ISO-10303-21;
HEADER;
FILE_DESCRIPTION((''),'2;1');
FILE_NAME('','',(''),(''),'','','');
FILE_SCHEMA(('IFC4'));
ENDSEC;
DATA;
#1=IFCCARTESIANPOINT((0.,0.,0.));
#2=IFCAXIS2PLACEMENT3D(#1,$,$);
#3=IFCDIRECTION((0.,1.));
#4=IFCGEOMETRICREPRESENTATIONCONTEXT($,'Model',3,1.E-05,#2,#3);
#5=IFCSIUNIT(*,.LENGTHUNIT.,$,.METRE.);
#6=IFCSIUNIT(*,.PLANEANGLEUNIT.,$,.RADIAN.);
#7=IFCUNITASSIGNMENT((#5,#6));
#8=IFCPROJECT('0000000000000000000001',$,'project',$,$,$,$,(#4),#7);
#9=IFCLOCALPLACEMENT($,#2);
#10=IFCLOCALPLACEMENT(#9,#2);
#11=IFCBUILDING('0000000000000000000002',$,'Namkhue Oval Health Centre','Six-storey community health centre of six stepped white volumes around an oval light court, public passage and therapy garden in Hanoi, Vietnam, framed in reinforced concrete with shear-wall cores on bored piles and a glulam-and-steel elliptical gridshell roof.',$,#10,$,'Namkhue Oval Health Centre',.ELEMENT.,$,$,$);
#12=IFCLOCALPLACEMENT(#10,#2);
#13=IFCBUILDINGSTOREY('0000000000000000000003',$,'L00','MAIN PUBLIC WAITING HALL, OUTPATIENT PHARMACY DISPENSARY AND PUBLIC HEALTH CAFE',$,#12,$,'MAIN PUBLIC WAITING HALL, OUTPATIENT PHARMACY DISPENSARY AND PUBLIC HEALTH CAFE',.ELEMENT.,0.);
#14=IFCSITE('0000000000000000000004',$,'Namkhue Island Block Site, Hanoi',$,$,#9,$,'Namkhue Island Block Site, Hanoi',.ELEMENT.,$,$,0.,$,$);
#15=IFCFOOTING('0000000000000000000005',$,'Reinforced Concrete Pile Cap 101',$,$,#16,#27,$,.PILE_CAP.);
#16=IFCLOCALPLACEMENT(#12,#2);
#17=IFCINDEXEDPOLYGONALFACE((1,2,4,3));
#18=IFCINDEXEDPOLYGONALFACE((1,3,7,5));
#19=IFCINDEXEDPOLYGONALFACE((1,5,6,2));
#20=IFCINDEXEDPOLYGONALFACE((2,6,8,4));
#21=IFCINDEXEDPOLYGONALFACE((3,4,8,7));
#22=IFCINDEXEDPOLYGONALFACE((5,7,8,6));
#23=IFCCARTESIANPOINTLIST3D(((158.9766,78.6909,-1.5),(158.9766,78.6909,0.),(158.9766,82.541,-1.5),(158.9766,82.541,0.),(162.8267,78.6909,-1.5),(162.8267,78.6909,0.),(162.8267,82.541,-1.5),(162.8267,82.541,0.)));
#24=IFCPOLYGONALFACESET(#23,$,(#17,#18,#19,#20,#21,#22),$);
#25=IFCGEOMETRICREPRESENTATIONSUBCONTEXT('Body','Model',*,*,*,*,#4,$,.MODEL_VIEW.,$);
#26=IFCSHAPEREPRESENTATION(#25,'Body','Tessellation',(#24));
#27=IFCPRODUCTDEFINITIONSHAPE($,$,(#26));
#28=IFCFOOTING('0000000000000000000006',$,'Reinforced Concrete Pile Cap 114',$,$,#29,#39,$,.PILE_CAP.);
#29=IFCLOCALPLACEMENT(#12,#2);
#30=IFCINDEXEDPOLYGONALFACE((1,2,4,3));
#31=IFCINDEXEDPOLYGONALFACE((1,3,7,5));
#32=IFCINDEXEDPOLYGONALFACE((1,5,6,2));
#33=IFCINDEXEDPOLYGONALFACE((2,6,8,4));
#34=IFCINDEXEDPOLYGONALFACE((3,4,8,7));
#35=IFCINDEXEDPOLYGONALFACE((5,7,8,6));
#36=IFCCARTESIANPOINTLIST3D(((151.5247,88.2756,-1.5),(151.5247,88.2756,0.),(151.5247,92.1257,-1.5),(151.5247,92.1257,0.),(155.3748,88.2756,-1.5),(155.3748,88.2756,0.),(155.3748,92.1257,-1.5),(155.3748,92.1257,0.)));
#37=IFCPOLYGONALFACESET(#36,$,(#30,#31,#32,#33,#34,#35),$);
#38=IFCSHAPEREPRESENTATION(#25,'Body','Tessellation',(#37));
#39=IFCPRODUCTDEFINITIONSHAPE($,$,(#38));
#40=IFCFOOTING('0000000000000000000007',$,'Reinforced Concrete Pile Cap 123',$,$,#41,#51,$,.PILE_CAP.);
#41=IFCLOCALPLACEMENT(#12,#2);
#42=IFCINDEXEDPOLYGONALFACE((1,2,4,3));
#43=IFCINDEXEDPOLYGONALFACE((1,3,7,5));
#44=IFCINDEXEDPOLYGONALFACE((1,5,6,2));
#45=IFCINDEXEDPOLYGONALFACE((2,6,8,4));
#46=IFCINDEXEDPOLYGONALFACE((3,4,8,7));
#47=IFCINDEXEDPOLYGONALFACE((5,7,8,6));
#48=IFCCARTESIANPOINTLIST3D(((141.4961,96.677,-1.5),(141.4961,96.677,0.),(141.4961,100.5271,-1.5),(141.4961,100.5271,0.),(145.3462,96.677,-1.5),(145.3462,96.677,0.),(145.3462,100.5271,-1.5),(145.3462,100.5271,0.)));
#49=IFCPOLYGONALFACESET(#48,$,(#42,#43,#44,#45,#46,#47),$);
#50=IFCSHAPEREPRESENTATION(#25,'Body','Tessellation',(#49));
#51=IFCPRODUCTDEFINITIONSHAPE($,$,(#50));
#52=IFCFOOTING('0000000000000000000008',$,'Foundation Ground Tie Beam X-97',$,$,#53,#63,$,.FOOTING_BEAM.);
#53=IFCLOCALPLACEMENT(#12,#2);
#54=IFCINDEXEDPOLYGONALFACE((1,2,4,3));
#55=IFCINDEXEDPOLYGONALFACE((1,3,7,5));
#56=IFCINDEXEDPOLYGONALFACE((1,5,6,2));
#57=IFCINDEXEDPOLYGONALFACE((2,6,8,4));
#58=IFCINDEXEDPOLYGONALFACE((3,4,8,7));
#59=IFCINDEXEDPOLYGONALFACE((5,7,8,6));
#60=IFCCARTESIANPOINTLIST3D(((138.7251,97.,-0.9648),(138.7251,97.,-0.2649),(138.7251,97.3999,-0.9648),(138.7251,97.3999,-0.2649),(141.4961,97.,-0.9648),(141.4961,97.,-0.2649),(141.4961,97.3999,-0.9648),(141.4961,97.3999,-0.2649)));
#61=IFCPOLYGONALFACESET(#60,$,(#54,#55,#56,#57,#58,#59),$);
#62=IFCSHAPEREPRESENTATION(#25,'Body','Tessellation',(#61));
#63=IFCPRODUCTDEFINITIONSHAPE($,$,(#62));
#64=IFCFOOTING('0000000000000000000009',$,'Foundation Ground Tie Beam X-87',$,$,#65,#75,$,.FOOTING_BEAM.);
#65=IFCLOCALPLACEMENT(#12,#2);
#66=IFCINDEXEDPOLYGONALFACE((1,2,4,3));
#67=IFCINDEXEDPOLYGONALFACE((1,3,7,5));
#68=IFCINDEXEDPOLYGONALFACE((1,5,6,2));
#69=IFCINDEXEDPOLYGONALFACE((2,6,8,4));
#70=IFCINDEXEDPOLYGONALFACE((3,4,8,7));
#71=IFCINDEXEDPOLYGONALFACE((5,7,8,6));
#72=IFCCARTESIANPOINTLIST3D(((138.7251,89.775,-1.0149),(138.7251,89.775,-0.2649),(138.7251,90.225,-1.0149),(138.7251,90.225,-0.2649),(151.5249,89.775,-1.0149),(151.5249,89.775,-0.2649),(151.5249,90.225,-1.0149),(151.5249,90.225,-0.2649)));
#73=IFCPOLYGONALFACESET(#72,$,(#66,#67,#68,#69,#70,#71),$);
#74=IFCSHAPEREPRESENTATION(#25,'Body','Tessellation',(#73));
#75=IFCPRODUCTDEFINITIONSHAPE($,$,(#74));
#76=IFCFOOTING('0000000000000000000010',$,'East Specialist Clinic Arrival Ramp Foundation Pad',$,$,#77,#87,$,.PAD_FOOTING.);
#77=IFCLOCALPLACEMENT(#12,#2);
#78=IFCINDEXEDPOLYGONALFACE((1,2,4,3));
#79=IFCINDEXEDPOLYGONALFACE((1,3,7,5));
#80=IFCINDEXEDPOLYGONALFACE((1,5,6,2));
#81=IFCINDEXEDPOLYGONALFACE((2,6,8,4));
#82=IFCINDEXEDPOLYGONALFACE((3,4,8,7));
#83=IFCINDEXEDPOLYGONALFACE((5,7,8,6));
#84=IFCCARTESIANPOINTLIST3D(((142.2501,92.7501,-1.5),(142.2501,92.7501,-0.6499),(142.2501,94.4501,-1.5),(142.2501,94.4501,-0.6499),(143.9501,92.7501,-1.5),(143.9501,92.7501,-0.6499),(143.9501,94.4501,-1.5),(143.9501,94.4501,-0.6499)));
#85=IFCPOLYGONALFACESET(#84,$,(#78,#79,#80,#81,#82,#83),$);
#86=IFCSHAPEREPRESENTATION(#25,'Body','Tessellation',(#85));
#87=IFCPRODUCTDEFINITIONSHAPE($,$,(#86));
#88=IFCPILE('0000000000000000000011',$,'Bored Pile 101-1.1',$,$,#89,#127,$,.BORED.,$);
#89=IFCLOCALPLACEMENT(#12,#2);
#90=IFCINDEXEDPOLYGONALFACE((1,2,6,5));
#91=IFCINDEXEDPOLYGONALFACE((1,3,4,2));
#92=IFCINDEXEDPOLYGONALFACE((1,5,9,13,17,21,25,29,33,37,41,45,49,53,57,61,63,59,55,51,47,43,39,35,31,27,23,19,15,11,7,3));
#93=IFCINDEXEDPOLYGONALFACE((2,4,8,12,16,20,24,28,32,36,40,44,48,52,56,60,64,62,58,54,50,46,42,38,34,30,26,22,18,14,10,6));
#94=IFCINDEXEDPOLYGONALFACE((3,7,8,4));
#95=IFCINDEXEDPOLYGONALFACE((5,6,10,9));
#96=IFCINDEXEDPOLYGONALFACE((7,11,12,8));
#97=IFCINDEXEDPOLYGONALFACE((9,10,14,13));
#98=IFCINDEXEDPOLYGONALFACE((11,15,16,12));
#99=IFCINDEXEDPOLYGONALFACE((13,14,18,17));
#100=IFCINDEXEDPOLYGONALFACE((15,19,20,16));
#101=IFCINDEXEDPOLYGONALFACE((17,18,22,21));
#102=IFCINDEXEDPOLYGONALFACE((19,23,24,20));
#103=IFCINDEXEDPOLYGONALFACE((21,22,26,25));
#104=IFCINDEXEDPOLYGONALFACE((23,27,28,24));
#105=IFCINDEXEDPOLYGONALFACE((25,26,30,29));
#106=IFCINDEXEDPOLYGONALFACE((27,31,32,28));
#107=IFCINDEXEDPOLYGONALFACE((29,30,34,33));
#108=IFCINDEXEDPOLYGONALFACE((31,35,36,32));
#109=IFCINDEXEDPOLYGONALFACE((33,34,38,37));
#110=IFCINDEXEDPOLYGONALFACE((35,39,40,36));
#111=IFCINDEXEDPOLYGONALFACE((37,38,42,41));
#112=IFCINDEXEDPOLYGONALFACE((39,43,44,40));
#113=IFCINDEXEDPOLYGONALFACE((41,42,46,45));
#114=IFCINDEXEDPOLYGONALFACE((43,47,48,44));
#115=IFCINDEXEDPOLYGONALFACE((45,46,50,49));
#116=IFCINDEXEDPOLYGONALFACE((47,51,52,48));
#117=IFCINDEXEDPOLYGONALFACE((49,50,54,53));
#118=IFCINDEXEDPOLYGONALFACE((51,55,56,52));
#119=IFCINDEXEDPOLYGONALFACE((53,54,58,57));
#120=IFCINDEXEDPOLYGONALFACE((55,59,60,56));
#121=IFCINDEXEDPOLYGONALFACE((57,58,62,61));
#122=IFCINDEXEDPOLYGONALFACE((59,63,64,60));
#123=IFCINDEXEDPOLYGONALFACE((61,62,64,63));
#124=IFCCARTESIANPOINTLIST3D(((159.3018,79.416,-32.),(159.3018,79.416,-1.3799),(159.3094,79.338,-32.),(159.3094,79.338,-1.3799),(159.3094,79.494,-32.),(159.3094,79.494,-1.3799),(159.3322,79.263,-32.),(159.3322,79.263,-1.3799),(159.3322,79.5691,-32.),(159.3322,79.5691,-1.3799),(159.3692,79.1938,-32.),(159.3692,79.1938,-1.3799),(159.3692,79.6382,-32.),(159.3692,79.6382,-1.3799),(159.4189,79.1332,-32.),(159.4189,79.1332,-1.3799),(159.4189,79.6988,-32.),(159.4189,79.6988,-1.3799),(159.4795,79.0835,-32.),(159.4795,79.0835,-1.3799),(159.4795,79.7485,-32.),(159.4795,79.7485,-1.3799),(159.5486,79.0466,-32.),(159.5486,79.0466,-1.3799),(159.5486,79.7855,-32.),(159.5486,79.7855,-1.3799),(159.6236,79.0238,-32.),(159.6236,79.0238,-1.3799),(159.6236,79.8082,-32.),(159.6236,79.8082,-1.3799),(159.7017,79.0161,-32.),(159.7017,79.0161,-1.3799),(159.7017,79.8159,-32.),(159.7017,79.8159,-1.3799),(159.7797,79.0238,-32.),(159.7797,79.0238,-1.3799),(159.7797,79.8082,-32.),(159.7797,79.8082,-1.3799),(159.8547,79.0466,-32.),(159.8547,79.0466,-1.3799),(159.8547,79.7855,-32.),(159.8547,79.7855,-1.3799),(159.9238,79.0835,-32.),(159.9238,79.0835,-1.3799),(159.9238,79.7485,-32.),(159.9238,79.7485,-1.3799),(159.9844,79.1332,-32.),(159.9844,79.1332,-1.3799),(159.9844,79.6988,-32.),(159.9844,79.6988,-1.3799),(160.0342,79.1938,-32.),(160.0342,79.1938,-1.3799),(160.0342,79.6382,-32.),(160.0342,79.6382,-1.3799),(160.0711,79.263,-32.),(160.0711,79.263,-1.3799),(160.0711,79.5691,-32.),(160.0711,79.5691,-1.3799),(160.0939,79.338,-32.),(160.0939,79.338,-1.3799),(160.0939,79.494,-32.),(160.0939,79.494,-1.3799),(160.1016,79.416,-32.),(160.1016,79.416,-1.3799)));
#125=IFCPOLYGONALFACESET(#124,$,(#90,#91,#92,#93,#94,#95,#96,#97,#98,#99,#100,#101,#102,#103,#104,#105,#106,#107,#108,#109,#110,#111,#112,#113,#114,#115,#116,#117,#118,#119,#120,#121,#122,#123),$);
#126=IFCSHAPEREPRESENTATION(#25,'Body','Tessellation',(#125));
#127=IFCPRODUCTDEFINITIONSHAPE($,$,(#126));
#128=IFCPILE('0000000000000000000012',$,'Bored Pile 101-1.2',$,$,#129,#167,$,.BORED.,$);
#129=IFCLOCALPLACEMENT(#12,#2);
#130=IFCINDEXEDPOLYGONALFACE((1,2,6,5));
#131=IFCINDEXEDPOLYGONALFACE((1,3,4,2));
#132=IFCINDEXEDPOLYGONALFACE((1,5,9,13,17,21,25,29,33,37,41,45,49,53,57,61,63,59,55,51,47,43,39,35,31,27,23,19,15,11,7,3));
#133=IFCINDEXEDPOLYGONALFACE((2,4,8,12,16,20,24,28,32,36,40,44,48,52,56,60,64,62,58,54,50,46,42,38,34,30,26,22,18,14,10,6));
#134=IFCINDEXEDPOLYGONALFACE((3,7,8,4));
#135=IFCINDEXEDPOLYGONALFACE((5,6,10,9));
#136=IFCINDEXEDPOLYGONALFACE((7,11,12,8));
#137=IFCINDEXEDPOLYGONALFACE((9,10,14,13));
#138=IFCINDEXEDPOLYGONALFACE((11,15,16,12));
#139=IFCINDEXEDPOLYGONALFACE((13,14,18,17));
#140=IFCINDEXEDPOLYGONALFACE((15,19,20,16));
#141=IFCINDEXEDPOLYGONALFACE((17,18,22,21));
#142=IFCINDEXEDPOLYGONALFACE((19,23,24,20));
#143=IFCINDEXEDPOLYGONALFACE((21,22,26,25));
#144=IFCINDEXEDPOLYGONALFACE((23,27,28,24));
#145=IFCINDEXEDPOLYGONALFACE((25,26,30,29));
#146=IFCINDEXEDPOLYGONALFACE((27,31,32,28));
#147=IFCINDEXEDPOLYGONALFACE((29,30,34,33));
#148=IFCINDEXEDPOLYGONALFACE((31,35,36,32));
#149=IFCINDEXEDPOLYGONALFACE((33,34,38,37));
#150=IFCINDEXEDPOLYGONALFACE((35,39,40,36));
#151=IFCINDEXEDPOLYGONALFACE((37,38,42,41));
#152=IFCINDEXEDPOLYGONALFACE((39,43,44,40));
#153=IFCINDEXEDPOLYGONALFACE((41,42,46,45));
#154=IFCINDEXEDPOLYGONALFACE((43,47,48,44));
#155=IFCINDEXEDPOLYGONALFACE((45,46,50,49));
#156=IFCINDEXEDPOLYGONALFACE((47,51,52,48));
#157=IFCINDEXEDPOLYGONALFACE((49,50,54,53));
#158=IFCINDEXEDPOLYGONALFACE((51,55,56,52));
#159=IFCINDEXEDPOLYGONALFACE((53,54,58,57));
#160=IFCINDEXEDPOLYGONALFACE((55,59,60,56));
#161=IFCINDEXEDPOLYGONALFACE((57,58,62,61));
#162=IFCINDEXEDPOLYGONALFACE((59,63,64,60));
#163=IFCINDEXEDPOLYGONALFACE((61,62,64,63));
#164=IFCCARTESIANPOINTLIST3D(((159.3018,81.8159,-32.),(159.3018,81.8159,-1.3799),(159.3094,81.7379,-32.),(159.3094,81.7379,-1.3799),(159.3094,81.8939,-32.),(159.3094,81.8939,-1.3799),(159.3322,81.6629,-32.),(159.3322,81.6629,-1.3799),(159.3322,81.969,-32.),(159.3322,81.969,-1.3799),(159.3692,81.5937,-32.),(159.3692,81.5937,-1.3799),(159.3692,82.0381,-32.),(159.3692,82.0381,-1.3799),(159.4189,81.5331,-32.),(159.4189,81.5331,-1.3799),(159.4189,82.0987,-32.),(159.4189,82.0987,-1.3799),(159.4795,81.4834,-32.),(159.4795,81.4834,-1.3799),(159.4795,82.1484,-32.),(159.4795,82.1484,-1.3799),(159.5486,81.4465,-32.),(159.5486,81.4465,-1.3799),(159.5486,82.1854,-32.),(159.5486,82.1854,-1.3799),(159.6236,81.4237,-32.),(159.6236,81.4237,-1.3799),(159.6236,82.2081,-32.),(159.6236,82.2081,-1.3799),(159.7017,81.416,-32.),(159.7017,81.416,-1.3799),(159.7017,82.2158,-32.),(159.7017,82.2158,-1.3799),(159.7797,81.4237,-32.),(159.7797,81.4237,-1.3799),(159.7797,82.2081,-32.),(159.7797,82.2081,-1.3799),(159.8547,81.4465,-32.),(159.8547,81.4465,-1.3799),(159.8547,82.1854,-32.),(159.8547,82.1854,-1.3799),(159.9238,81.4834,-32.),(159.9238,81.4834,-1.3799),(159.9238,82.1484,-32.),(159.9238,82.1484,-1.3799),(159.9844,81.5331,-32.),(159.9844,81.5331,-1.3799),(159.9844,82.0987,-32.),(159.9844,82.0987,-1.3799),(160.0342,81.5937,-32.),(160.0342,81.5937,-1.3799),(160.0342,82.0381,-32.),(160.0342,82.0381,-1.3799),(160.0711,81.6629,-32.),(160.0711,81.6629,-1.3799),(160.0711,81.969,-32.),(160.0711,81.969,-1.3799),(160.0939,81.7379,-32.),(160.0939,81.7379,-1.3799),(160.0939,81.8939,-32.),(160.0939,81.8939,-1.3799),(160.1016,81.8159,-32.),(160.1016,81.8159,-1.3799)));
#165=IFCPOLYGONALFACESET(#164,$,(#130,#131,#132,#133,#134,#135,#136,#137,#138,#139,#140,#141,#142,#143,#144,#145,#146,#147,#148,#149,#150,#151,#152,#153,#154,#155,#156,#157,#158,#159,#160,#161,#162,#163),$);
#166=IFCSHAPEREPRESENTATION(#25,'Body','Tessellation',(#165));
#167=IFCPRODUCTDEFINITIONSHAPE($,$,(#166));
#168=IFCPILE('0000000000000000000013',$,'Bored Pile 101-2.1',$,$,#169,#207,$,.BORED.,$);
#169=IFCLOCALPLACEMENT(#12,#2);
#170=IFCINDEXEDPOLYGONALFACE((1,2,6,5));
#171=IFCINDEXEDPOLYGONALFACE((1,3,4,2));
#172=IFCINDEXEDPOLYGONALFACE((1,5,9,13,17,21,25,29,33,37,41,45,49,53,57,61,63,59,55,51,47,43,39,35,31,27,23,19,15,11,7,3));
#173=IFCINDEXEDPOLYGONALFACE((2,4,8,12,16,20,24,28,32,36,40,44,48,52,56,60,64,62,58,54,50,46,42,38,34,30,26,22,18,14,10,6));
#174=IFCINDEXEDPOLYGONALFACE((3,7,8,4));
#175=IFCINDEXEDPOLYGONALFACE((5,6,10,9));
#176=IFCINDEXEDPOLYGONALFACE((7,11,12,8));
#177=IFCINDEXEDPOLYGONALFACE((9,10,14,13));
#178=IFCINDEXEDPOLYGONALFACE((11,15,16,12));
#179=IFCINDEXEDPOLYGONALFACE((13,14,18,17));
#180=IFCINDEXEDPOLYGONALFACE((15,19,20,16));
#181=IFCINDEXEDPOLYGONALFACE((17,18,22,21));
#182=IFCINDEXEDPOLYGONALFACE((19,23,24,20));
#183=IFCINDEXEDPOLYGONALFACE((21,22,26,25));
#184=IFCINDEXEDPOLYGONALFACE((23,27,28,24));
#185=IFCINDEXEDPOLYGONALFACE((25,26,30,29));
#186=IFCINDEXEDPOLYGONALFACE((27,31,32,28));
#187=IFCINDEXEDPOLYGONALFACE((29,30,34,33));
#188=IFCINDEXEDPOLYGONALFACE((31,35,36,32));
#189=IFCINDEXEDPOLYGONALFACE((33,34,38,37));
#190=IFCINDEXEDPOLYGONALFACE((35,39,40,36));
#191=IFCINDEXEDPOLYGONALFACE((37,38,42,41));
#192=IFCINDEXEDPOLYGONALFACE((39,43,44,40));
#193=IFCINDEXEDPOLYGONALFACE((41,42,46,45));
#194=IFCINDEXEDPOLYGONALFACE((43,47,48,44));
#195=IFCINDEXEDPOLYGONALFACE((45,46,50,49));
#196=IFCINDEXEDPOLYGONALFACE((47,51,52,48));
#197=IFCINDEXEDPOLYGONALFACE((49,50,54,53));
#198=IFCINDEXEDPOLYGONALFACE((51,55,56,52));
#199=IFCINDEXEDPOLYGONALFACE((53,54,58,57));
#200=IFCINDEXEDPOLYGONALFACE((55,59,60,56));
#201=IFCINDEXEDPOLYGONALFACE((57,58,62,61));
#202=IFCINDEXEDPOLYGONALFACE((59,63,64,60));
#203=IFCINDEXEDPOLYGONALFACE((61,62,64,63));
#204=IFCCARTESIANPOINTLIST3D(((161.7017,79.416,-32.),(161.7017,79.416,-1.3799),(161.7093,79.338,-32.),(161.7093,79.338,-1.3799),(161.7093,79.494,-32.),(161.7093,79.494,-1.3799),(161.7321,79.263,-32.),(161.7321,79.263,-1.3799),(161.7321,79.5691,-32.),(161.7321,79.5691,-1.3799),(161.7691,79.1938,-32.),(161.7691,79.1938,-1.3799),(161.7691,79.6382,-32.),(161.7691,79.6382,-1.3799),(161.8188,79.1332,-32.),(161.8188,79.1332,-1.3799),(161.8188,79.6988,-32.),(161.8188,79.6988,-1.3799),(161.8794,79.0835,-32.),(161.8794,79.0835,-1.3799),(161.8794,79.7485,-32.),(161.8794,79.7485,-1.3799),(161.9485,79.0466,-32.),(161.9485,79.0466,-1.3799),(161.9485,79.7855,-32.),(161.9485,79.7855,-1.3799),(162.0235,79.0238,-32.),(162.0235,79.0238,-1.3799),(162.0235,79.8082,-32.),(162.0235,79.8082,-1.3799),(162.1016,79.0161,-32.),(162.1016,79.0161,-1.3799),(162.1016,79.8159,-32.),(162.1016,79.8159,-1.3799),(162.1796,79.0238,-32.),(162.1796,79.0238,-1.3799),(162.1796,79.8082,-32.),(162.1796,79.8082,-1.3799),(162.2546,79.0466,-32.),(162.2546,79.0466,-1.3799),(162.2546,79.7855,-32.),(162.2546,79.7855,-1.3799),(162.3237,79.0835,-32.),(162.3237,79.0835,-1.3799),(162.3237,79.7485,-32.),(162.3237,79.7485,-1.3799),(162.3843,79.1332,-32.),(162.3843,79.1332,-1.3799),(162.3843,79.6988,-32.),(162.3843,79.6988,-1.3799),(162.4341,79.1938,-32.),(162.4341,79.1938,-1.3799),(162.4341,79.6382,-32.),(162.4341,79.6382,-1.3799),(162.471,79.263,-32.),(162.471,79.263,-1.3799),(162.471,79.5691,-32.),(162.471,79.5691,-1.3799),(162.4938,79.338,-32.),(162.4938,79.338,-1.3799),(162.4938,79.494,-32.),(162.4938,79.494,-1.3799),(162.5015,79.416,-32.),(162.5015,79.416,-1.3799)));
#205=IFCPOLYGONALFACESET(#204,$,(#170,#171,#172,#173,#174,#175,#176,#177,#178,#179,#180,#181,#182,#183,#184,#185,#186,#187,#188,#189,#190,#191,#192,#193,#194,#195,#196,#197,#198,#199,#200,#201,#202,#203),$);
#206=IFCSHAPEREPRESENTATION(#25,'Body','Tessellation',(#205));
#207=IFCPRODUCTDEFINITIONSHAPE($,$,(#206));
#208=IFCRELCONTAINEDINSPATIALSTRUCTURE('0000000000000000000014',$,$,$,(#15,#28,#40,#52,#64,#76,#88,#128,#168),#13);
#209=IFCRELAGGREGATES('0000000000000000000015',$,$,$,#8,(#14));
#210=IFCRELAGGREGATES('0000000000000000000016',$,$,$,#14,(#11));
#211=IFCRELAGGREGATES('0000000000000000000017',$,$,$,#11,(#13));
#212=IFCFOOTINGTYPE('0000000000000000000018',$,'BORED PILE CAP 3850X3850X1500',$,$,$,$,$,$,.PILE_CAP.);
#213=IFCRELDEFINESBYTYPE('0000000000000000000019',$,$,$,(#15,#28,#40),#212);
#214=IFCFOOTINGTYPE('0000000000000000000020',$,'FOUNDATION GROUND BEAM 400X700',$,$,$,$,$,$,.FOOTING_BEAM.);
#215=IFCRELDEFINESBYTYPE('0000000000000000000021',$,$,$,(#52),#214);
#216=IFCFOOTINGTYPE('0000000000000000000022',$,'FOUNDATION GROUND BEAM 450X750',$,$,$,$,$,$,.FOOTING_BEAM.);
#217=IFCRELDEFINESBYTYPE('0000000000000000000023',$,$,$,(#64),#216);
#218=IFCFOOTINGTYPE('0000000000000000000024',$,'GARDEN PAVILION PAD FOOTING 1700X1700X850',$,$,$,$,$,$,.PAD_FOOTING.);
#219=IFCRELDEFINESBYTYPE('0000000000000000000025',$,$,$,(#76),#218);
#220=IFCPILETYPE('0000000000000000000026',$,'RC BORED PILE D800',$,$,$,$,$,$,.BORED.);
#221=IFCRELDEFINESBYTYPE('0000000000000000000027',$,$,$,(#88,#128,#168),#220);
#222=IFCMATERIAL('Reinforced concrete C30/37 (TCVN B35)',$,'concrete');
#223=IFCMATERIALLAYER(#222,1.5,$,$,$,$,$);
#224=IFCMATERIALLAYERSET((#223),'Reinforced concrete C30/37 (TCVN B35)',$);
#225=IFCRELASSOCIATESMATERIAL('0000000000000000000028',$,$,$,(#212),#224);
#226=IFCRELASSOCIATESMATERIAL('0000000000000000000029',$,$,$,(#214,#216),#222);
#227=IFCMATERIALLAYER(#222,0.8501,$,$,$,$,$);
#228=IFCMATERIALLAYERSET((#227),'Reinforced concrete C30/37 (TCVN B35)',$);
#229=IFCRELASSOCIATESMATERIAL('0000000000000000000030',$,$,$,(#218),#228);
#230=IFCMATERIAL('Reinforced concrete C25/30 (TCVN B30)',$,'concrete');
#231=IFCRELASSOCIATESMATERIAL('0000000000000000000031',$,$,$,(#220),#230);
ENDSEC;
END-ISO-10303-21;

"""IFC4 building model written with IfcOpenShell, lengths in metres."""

from ifc_helpers import new_model, si_unit, direction, frame, origin, origin_2d, place, context, subcontext, project, spatial, rectangle, circle, extrude, material, layer, layer_set, material_profile, profile_set, type_object, element, save


model = new_model("IFC4")

# Units and contexts
model_context = context("Model", 3, precision=1e-05, world=origin(), true_north=direction((0.0, 1.0)))
body_context = subcontext(model_context, "Body", "Model", "MODEL_VIEW")
ifc_project = project(units=[si_unit("LENGTHUNIT", "METRE"), si_unit("PLANEANGLEUNIT", "RADIAN")], contexts=[model_context])

# Site, building, storey
site_placement = place(None, origin())
site = spatial("IfcSite", under=ifc_project, at=site_placement, Name="Namkhue Island Block Site, Hanoi", LongName="Namkhue Island Block Site, Hanoi", CompositionType="ELEMENT", RefElevation=0.0)
building_placement = place(site_placement, origin())
building = spatial("IfcBuilding", under=site, at=building_placement, Name="Namkhue Oval Health Centre", Description="Six-storey community health centre of six stepped white volumes around an oval light court, public passage and therapy garden in Hanoi, Vietnam, framed in reinforced concrete with shear-wall cores on bored piles and a glulam-and-steel elliptical gridshell roof.", LongName="Namkhue Oval Health Centre", CompositionType="ELEMENT")
storey_placement = place(building_placement, origin())
storey = spatial("IfcBuildingStorey", under=building, at=storey_placement, Name="L00", Description="MAIN PUBLIC WAITING HALL, OUTPATIENT PHARMACY DISPENSARY AND PUBLIC HEALTH CAFE", LongName="MAIN PUBLIC WAITING HALL, OUTPATIENT PHARMACY DISPENSARY AND PUBLIC HEALTH CAFE", CompositionType="ELEMENT", Elevation=0.0)

# Footings
ifc_material_1 = material(Name="Reinforced concrete C30/37 (TCVN B35)", Category="concrete")
ifc_layer_1 = layer(ifc_material_1, 1.5)
ifc_layer_set_1 = layer_set([ifc_layer_1], Name="Reinforced concrete C30/37 (TCVN B35)")
footing_type_1 = type_object("IfcFootingType", Name="BORED PILE CAP 3850X3850X1500", PredefinedType="PILE_CAP", material=ifc_layer_set_1)
for number, where, z_axis, x_axis, name in (
    (1, (160.9016, 80.616, -1.5), (0.0, 0.0, 1.0), (1.0, 0.0, 0.0), "Reinforced Concrete Pile Cap 101"),
    (2, (153.4497, 90.2007, -1.5), (0.0, 0.0, 1.0), (1.0, 0.0, 0.0), "Reinforced Concrete Pile Cap 114"),
    (3, (143.4211, 98.6021, -1.5), (0.0, 0.0, 1.0), (1.0, 0.0, 0.0), "Reinforced Concrete Pile Cap 123"),
):
    element("IfcFooting", number, at=place(storey_placement, frame(where, z_axis=z_axis, x_axis=x_axis)), inside=storey, type_object=footing_type_1, Name=name, PredefinedType="PILE_CAP", context=body_context, shape_type="SweptSolid", body=[
        extrude(rectangle(XDim=3.8501, YDim=3.8501, at=origin_2d()), origin(), (0.0, 0.0, 1.0), 1.5),
    ])
footing_type_2 = type_object("IfcFootingType", Name="FOUNDATION GROUND BEAM 400X700", PredefinedType="FOOTING_BEAM", material=ifc_material_1)
footing_1_placement = place(storey_placement, frame((140.1106, 97.2, -0.9648), z_axis=(0.0, 0.0, 1.0), x_axis=(1.0, 0.0, 0.0)))
element("IfcFooting", 4, at=footing_1_placement, inside=storey, type_object=footing_type_2, Name="Foundation Ground Tie Beam X-97", PredefinedType="FOOTING_BEAM", context=body_context, shape_type="SweptSolid", body=[
    extrude(rectangle(XDim=2.771, YDim=0.3999, at=origin_2d()), origin(), (0.0, 0.0, 1.0), 0.7),
])
footing_type_3 = type_object("IfcFootingType", Name="FOUNDATION GROUND BEAM 450X750", PredefinedType="FOOTING_BEAM", material=ifc_material_1)
footing_2_placement = place(storey_placement, frame((145.125, 90.0, -1.0149), z_axis=(0.0, 0.0, 1.0), x_axis=(1.0, 0.0, 0.0)))
element("IfcFooting", 5, at=footing_2_placement, inside=storey, type_object=footing_type_3, Name="Foundation Ground Tie Beam X-87", PredefinedType="FOOTING_BEAM", context=body_context, shape_type="SweptSolid", body=[
    extrude(rectangle(XDim=12.7998, YDim=0.45, at=origin_2d()), origin(), (0.0, 0.0, 1.0), 0.75),
])
ifc_layer_2 = layer(ifc_material_1, 0.8501)
ifc_layer_set_2 = layer_set([ifc_layer_2], Name="Reinforced concrete C30/37 (TCVN B35)")
footing_type_4 = type_object("IfcFootingType", Name="GARDEN PAVILION PAD FOOTING 1700X1700X850", PredefinedType="PAD_FOOTING", material=ifc_layer_set_2)
footing_3_placement = place(storey_placement, frame((143.1001, 93.6001, -1.5), z_axis=(0.0, 0.0, 1.0), x_axis=(-1.0, 0.0, 0.0)))
element("IfcFooting", 6, at=footing_3_placement, inside=storey, type_object=footing_type_4, Name="East Specialist Clinic Arrival Ramp Foundation Pad", PredefinedType="PAD_FOOTING", context=body_context, shape_type="SweptSolid", body=[
    extrude(rectangle(XDim=1.7, YDim=1.7, at=origin_2d()), origin(), (0.0, 0.0, 1.0), 0.8501),
])

# Piles
ifc_material_2 = material(Name="Reinforced concrete C25/30 (TCVN B30)", Category="concrete")
ifc_material_profile_1 = material_profile(ifc_material_2, circle(Radius=0.3999, at=origin_2d()), Name="BORED PILE D800")
ifc_profile_set_1 = profile_set([ifc_material_profile_1], Name="Reinforced concrete C25/30 (TCVN B30)")
pile_type = type_object("IfcPileType", Name="RC BORED PILE D800", PredefinedType="BORED", material=ifc_profile_set_1)
for number, where, z_axis, x_axis, name in (
    (7, (159.7017, 79.416, -1.3799), (0.0, 0.0, -1.0), (1.0, 0.0, 0.0), "Bored Pile 101-1.1"),
    (8, (159.7017, 81.8159, -1.3799), (0.0, 0.0, -1.0), (1.0, 0.0, 0.0), "Bored Pile 101-1.2"),
    (9, (162.1016, 79.416, -1.3799), (0.0, 0.0, -1.0), (1.0, 0.0, 0.0), "Bored Pile 101-2.1"),
):
    element("IfcPile", number, at=place(storey_placement, frame(where, z_axis=z_axis, x_axis=x_axis)), inside=storey, type_object=pile_type, Name=name, PredefinedType="BORED", context=body_context, shape_type="SweptSolid", body=[
        extrude(circle(Radius=0.3999, at=origin_2d()), origin(), (0.0, 0.0, 1.0), 30.6201),
    ])

save(model, "model.ifc")
